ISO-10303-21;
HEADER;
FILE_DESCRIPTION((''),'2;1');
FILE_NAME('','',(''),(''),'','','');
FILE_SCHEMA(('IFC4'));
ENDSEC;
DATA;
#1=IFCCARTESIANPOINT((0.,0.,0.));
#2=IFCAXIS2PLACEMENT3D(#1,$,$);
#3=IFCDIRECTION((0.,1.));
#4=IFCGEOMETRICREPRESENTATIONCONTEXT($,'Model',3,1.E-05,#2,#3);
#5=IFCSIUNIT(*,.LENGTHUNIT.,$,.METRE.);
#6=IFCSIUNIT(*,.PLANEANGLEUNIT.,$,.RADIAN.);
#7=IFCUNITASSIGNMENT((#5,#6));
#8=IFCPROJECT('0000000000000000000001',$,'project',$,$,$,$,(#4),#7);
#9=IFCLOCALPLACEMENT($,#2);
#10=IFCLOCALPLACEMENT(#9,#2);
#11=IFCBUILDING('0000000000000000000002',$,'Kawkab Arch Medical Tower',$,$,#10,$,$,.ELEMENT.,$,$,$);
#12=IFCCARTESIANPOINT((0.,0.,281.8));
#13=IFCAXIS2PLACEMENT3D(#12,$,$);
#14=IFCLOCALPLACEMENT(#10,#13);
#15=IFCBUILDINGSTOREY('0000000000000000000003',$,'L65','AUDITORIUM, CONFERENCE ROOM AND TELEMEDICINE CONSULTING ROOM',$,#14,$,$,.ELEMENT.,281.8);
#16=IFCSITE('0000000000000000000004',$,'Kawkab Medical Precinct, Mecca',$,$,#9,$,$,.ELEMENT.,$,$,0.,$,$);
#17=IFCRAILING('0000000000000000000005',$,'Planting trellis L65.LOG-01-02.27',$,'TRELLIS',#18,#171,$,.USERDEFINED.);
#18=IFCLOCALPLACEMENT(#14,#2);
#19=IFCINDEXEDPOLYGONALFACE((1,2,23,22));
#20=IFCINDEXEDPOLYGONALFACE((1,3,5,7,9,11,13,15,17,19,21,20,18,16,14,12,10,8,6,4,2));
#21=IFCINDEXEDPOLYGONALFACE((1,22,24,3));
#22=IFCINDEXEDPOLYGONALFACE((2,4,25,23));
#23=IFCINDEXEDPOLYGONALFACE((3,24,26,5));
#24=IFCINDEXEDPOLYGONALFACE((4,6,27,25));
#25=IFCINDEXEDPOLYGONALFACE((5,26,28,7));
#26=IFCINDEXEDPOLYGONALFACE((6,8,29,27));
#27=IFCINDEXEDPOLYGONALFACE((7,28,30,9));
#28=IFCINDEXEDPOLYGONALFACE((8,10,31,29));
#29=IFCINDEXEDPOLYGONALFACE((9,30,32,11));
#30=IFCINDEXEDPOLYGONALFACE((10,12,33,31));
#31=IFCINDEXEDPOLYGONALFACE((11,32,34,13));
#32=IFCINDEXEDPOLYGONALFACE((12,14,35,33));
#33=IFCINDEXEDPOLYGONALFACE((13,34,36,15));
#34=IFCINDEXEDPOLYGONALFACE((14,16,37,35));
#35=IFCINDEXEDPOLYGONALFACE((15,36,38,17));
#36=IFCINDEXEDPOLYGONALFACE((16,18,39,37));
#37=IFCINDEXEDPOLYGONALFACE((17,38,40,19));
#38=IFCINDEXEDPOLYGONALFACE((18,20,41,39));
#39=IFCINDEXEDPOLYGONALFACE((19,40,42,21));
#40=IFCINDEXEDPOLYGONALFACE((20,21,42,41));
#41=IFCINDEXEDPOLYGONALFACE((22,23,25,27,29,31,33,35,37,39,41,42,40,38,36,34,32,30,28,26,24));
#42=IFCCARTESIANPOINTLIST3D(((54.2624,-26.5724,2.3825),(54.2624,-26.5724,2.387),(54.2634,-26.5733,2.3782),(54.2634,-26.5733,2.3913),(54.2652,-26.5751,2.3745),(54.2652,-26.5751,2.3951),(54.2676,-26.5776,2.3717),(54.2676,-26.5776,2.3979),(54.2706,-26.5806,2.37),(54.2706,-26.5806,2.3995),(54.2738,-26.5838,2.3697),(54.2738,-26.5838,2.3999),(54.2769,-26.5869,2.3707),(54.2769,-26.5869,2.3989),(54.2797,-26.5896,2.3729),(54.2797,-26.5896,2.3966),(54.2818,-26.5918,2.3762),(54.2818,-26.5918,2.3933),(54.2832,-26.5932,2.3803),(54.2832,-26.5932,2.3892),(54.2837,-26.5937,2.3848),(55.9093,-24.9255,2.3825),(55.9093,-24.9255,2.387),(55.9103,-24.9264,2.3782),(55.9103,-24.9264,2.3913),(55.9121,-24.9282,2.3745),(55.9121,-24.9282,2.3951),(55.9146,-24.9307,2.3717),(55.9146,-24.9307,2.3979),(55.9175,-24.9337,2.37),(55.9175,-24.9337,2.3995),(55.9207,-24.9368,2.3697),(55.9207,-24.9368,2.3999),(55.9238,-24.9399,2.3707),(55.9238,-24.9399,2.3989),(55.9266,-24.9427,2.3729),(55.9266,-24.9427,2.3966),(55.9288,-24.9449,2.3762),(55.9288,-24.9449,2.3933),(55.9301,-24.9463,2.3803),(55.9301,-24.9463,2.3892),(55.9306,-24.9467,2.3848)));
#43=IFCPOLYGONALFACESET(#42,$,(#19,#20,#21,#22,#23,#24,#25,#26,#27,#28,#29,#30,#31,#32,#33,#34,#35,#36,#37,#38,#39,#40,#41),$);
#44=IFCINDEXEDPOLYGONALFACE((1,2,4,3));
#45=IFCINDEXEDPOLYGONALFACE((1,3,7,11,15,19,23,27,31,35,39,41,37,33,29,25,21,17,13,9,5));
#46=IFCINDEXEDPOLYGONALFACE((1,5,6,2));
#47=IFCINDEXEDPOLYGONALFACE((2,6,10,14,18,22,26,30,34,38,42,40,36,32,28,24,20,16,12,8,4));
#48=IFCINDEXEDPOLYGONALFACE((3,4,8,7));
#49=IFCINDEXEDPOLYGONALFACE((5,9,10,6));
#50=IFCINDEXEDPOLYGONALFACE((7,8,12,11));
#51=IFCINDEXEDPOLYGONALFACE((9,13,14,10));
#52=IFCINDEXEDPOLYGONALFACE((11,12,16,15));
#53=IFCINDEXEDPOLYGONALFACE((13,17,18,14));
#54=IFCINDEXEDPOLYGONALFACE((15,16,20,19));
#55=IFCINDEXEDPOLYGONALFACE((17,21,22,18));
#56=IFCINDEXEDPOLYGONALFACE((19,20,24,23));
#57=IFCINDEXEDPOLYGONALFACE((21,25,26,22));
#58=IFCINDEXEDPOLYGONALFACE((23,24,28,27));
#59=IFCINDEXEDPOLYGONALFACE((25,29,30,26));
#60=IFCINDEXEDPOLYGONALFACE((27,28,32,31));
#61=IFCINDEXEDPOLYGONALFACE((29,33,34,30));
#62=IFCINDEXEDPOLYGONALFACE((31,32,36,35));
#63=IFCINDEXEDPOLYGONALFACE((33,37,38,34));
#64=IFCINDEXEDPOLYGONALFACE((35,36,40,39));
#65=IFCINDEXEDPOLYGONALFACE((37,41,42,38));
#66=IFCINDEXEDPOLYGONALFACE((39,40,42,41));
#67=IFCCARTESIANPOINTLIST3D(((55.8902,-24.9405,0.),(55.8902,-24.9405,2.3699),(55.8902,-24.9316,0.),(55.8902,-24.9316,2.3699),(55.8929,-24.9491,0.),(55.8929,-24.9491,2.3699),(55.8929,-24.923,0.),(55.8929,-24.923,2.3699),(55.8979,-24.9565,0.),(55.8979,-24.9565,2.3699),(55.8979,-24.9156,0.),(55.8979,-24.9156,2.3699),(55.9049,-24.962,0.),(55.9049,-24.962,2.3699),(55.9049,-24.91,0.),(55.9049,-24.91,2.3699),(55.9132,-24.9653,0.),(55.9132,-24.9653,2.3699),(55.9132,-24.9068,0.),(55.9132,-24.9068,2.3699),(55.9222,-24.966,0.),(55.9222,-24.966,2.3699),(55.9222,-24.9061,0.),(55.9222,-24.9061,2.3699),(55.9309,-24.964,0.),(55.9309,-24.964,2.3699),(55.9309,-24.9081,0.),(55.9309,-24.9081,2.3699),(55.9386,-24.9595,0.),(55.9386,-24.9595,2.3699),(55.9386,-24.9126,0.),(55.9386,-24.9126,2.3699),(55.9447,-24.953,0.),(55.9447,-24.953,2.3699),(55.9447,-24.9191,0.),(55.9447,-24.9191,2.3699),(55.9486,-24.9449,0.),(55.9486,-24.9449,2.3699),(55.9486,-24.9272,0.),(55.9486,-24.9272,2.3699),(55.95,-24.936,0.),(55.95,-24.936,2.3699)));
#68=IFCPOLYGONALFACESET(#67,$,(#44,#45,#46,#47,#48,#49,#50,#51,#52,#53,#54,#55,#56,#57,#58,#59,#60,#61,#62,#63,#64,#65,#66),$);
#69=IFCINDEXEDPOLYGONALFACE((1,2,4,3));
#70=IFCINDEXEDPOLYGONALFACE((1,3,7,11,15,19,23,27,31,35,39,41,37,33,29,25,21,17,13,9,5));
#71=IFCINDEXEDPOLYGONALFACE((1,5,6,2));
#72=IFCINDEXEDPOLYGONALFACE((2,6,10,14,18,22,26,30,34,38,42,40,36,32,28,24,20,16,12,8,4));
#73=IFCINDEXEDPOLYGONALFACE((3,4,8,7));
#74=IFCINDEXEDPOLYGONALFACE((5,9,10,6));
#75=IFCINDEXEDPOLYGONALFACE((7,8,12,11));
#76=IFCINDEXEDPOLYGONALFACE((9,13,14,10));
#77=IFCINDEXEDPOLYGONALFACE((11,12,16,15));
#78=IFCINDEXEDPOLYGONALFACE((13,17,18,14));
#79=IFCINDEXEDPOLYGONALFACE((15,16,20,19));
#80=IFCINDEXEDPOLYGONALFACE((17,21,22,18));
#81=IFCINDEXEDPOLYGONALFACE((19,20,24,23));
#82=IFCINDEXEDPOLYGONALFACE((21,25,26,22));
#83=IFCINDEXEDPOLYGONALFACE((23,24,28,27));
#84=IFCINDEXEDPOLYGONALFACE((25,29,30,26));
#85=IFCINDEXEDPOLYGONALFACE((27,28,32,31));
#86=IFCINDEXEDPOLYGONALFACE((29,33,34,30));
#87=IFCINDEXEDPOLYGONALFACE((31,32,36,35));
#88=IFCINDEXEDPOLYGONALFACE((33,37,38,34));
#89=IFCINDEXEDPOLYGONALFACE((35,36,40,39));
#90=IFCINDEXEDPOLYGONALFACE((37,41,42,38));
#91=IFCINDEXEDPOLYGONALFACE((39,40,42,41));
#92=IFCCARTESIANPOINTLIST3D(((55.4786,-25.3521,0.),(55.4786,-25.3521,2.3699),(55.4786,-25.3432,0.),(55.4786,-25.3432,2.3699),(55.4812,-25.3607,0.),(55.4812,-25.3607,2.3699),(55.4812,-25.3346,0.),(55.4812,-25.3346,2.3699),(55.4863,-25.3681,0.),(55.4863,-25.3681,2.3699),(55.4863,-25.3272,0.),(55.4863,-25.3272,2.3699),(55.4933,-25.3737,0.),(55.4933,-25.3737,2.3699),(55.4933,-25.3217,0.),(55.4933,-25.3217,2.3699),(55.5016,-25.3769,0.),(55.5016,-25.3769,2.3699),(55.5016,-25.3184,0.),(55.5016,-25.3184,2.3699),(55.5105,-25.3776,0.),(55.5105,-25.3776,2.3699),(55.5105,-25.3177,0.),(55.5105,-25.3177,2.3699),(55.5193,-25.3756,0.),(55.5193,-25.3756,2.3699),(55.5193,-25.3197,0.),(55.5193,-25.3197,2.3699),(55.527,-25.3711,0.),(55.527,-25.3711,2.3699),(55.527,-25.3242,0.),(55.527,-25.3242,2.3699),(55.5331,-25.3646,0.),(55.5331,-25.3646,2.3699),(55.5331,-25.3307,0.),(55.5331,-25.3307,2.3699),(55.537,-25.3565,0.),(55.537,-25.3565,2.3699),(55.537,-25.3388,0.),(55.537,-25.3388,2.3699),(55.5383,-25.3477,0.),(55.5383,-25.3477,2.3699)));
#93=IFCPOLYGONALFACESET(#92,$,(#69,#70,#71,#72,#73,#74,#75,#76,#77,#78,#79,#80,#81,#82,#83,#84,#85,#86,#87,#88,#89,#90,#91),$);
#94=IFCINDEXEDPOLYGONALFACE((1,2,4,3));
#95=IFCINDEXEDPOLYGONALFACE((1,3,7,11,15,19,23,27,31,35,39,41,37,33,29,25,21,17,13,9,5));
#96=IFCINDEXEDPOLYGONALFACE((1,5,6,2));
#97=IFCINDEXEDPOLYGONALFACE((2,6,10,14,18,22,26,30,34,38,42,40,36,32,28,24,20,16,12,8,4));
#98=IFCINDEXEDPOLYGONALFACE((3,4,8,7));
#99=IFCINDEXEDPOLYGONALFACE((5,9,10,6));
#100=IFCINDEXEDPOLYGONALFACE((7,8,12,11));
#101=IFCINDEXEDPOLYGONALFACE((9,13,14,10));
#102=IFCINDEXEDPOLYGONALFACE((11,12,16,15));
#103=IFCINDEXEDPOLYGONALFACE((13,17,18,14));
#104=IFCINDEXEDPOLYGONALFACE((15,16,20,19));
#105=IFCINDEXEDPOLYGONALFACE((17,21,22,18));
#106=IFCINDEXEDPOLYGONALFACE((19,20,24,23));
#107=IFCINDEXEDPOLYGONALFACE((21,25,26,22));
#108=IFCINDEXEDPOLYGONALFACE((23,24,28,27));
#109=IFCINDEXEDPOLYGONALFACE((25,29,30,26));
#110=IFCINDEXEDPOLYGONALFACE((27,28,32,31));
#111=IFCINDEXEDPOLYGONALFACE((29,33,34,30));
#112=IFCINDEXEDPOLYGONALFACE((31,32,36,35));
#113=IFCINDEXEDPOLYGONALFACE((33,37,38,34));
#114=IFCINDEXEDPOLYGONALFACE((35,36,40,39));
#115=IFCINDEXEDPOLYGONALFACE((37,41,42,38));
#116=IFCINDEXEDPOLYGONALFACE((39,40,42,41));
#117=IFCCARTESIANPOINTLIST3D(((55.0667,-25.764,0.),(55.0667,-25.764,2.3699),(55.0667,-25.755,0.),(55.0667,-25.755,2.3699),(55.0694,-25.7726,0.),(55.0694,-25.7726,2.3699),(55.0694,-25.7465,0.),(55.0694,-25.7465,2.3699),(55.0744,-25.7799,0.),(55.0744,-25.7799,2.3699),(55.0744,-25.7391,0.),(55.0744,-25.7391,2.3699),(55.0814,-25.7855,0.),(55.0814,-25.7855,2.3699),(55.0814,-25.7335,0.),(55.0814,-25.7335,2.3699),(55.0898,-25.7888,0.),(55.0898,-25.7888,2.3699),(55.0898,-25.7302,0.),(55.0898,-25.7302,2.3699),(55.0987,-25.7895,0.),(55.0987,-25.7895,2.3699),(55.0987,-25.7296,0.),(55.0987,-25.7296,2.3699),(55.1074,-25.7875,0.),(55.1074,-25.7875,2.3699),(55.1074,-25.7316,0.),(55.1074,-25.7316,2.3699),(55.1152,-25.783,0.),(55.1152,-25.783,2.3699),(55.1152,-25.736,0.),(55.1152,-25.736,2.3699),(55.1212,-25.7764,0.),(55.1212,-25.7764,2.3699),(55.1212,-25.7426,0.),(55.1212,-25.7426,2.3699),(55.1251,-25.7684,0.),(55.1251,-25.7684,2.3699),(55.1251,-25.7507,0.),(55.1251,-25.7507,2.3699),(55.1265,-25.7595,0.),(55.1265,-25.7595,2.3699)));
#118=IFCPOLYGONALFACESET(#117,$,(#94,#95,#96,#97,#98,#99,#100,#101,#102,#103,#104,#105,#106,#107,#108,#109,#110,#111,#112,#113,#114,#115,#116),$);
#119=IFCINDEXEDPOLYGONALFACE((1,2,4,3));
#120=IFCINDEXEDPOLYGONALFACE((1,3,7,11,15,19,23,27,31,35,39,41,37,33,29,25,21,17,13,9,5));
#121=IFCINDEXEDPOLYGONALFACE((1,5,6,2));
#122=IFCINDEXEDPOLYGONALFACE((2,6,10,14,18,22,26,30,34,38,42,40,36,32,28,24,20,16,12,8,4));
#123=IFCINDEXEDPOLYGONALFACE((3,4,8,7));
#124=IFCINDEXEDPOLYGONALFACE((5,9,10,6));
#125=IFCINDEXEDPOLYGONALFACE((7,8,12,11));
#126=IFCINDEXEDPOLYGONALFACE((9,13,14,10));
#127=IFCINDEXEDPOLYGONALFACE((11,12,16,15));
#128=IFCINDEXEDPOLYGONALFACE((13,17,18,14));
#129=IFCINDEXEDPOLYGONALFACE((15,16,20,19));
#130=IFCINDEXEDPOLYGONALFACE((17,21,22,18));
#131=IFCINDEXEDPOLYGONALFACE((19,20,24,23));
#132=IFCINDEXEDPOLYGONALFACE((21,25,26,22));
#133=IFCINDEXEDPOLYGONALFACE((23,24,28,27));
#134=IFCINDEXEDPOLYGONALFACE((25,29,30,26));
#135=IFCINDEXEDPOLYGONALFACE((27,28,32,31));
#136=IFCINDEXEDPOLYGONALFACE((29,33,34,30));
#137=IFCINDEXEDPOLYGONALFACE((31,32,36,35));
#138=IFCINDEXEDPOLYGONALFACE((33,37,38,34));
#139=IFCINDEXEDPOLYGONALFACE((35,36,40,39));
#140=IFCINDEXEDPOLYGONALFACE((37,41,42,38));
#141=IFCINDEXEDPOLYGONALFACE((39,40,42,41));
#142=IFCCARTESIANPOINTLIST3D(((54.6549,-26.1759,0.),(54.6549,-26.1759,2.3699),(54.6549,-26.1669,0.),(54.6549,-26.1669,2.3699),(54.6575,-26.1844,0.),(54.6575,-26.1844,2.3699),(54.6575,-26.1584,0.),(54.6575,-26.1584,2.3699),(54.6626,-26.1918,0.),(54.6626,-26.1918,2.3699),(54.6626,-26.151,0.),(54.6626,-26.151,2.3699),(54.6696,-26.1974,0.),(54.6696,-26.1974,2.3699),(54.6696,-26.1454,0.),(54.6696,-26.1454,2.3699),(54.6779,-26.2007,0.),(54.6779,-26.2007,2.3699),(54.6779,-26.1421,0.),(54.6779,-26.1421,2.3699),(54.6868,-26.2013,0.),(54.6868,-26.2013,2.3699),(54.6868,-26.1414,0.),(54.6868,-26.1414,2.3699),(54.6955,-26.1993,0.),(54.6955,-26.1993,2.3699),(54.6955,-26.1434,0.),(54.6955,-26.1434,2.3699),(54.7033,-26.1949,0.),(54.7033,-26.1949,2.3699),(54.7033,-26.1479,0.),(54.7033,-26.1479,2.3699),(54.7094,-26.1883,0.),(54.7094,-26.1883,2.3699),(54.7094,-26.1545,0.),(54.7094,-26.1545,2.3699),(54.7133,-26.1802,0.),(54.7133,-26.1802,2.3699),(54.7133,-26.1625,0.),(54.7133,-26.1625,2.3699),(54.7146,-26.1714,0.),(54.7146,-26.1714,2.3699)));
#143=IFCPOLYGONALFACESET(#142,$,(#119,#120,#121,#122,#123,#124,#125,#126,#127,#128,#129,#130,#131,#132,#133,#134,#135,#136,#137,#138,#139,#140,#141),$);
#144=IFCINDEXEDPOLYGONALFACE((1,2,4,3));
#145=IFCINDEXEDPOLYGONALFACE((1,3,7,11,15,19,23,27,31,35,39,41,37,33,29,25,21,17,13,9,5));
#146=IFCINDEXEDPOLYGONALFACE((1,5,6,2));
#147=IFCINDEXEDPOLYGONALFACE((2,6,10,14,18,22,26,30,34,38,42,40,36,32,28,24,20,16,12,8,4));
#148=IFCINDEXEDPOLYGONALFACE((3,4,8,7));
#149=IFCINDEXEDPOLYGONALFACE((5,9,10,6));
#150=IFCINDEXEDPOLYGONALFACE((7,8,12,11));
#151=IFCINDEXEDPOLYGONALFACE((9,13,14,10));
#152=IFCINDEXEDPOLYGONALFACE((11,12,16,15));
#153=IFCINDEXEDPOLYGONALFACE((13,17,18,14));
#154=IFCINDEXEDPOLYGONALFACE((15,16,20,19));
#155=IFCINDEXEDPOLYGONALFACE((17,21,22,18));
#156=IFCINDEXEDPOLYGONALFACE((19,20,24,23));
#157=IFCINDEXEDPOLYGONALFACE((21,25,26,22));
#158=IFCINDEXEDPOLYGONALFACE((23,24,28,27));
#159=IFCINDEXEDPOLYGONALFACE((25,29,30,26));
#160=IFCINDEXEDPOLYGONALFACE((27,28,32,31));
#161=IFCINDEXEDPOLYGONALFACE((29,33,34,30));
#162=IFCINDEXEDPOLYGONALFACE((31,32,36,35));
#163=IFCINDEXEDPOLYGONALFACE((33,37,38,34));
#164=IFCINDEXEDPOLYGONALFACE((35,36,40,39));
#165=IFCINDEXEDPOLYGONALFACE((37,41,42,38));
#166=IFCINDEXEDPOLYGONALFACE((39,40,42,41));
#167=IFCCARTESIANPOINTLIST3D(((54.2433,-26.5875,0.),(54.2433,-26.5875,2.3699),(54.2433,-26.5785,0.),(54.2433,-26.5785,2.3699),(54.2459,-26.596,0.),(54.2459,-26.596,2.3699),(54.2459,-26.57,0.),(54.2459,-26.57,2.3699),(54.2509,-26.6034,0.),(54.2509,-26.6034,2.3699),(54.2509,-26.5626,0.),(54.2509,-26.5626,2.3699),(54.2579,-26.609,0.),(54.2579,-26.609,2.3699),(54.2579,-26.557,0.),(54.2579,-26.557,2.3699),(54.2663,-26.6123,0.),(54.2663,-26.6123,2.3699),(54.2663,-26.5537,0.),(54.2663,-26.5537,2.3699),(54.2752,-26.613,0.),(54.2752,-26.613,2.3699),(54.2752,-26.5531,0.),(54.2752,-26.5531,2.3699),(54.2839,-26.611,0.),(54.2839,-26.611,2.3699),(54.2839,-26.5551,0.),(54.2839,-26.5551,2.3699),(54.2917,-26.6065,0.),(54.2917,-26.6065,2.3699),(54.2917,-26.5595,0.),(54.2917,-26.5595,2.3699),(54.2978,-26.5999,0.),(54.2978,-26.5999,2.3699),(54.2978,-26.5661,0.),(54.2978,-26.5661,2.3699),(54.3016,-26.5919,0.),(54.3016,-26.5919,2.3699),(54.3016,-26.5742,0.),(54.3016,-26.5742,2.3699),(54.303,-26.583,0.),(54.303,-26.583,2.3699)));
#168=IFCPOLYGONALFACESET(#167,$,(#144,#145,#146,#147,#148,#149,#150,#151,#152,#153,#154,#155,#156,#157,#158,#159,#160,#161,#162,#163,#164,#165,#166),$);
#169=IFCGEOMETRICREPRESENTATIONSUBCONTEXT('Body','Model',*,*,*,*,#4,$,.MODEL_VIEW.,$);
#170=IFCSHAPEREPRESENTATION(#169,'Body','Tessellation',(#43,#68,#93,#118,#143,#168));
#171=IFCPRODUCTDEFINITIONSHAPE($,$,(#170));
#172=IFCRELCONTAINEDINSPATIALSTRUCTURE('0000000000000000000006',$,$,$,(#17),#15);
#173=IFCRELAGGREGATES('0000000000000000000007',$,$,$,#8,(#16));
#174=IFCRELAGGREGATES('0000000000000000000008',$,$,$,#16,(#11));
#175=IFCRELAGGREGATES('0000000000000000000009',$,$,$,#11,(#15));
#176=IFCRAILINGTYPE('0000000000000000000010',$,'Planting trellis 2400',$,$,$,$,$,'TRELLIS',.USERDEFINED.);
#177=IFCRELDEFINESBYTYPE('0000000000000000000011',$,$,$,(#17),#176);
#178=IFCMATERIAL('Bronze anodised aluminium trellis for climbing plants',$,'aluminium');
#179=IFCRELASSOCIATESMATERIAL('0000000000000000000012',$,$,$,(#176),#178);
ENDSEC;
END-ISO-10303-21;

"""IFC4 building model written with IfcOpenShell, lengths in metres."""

from ifc_helpers import new_model, si_unit, direction, frame, origin, origin_2d, place, context, subcontext, project, spatial, circle, extrude, material, type_object, element, save


model = new_model("IFC4")

# Units and contexts
model_context = context("Model", 3, precision=1e-05, world=origin(), true_north=direction((0.0, 1.0)))
body_context = subcontext(model_context, "Body", "Model", "MODEL_VIEW")
ifc_project = project(units=[si_unit("LENGTHUNIT", "METRE"), si_unit("PLANEANGLEUNIT", "RADIAN")], contexts=[model_context])

# Site, building, storey
site_placement = place(None, origin())
site = spatial("IfcSite", under=ifc_project, at=site_placement, Name="Kawkab Medical Precinct, Mecca", CompositionType="ELEMENT", RefElevation=0.0)
building_placement = place(site_placement, origin())
building = spatial("IfcBuilding", under=site, at=building_placement, Name="Kawkab Arch Medical Tower", CompositionType="ELEMENT")
storey_placement = place(building_placement, frame((0.0, 0.0, 281.8)))
storey = spatial("IfcBuildingStorey", under=building, at=storey_placement, Name="L65", Description="AUDITORIUM, CONFERENCE ROOM AND TELEMEDICINE CONSULTING ROOM", CompositionType="ELEMENT", Elevation=281.8)

# Railing
ifc_material_1 = material(Name="Bronze anodised aluminium trellis for climbing plants", Category="aluminium")
railing_type_1 = type_object("IfcRailingType", Name="Planting trellis 2400", ElementType="TRELLIS", PredefinedType="USERDEFINED", material=ifc_material_1)
railing_1_placement = place(storey_placement, frame((55.9199, -24.936, 0.0)))
element("IfcRailing", 1, at=railing_1_placement, inside=storey, type_object=railing_type_1, Name="Planting trellis L65.LOG-01-02.27", ObjectType="TRELLIS", PredefinedType="USERDEFINED", context=body_context, shape_type="SweptSolid", body=[
    extrude(circle(Radius=0.0151, at=origin_2d()), frame((0.0, 0.0, 2.3848), z_axis=(-0.707107, -0.707107, 0.0), x_axis=(0.707107, -0.707107, 0.0)), (0.0, 0.0, 1.0), 2.3291),
    extrude(circle(Radius=0.03, at=origin_2d()), origin(), (0.0, 0.0, 1.0), 2.3699),
    extrude(circle(Radius=0.03, at=origin_2d()), frame((-0.4116, -0.4116, 0.0)), (0.0, 0.0, 1.0), 2.3699),
    extrude(circle(Radius=0.03, at=origin_2d()), frame((-0.8235, -0.8235, 0.0)), (0.0, 0.0, 1.0), 2.3699),
    extrude(circle(Radius=0.03, at=origin_2d()), frame((-1.2354, -1.2354, 0.0)), (0.0, 0.0, 1.0), 2.3699),
    extrude(circle(Radius=0.03, at=origin_2d()), frame((-1.647, -1.647, 0.0)), (0.0, 0.0, 1.0), 2.3699),
])

save(model, "model.ifc")
